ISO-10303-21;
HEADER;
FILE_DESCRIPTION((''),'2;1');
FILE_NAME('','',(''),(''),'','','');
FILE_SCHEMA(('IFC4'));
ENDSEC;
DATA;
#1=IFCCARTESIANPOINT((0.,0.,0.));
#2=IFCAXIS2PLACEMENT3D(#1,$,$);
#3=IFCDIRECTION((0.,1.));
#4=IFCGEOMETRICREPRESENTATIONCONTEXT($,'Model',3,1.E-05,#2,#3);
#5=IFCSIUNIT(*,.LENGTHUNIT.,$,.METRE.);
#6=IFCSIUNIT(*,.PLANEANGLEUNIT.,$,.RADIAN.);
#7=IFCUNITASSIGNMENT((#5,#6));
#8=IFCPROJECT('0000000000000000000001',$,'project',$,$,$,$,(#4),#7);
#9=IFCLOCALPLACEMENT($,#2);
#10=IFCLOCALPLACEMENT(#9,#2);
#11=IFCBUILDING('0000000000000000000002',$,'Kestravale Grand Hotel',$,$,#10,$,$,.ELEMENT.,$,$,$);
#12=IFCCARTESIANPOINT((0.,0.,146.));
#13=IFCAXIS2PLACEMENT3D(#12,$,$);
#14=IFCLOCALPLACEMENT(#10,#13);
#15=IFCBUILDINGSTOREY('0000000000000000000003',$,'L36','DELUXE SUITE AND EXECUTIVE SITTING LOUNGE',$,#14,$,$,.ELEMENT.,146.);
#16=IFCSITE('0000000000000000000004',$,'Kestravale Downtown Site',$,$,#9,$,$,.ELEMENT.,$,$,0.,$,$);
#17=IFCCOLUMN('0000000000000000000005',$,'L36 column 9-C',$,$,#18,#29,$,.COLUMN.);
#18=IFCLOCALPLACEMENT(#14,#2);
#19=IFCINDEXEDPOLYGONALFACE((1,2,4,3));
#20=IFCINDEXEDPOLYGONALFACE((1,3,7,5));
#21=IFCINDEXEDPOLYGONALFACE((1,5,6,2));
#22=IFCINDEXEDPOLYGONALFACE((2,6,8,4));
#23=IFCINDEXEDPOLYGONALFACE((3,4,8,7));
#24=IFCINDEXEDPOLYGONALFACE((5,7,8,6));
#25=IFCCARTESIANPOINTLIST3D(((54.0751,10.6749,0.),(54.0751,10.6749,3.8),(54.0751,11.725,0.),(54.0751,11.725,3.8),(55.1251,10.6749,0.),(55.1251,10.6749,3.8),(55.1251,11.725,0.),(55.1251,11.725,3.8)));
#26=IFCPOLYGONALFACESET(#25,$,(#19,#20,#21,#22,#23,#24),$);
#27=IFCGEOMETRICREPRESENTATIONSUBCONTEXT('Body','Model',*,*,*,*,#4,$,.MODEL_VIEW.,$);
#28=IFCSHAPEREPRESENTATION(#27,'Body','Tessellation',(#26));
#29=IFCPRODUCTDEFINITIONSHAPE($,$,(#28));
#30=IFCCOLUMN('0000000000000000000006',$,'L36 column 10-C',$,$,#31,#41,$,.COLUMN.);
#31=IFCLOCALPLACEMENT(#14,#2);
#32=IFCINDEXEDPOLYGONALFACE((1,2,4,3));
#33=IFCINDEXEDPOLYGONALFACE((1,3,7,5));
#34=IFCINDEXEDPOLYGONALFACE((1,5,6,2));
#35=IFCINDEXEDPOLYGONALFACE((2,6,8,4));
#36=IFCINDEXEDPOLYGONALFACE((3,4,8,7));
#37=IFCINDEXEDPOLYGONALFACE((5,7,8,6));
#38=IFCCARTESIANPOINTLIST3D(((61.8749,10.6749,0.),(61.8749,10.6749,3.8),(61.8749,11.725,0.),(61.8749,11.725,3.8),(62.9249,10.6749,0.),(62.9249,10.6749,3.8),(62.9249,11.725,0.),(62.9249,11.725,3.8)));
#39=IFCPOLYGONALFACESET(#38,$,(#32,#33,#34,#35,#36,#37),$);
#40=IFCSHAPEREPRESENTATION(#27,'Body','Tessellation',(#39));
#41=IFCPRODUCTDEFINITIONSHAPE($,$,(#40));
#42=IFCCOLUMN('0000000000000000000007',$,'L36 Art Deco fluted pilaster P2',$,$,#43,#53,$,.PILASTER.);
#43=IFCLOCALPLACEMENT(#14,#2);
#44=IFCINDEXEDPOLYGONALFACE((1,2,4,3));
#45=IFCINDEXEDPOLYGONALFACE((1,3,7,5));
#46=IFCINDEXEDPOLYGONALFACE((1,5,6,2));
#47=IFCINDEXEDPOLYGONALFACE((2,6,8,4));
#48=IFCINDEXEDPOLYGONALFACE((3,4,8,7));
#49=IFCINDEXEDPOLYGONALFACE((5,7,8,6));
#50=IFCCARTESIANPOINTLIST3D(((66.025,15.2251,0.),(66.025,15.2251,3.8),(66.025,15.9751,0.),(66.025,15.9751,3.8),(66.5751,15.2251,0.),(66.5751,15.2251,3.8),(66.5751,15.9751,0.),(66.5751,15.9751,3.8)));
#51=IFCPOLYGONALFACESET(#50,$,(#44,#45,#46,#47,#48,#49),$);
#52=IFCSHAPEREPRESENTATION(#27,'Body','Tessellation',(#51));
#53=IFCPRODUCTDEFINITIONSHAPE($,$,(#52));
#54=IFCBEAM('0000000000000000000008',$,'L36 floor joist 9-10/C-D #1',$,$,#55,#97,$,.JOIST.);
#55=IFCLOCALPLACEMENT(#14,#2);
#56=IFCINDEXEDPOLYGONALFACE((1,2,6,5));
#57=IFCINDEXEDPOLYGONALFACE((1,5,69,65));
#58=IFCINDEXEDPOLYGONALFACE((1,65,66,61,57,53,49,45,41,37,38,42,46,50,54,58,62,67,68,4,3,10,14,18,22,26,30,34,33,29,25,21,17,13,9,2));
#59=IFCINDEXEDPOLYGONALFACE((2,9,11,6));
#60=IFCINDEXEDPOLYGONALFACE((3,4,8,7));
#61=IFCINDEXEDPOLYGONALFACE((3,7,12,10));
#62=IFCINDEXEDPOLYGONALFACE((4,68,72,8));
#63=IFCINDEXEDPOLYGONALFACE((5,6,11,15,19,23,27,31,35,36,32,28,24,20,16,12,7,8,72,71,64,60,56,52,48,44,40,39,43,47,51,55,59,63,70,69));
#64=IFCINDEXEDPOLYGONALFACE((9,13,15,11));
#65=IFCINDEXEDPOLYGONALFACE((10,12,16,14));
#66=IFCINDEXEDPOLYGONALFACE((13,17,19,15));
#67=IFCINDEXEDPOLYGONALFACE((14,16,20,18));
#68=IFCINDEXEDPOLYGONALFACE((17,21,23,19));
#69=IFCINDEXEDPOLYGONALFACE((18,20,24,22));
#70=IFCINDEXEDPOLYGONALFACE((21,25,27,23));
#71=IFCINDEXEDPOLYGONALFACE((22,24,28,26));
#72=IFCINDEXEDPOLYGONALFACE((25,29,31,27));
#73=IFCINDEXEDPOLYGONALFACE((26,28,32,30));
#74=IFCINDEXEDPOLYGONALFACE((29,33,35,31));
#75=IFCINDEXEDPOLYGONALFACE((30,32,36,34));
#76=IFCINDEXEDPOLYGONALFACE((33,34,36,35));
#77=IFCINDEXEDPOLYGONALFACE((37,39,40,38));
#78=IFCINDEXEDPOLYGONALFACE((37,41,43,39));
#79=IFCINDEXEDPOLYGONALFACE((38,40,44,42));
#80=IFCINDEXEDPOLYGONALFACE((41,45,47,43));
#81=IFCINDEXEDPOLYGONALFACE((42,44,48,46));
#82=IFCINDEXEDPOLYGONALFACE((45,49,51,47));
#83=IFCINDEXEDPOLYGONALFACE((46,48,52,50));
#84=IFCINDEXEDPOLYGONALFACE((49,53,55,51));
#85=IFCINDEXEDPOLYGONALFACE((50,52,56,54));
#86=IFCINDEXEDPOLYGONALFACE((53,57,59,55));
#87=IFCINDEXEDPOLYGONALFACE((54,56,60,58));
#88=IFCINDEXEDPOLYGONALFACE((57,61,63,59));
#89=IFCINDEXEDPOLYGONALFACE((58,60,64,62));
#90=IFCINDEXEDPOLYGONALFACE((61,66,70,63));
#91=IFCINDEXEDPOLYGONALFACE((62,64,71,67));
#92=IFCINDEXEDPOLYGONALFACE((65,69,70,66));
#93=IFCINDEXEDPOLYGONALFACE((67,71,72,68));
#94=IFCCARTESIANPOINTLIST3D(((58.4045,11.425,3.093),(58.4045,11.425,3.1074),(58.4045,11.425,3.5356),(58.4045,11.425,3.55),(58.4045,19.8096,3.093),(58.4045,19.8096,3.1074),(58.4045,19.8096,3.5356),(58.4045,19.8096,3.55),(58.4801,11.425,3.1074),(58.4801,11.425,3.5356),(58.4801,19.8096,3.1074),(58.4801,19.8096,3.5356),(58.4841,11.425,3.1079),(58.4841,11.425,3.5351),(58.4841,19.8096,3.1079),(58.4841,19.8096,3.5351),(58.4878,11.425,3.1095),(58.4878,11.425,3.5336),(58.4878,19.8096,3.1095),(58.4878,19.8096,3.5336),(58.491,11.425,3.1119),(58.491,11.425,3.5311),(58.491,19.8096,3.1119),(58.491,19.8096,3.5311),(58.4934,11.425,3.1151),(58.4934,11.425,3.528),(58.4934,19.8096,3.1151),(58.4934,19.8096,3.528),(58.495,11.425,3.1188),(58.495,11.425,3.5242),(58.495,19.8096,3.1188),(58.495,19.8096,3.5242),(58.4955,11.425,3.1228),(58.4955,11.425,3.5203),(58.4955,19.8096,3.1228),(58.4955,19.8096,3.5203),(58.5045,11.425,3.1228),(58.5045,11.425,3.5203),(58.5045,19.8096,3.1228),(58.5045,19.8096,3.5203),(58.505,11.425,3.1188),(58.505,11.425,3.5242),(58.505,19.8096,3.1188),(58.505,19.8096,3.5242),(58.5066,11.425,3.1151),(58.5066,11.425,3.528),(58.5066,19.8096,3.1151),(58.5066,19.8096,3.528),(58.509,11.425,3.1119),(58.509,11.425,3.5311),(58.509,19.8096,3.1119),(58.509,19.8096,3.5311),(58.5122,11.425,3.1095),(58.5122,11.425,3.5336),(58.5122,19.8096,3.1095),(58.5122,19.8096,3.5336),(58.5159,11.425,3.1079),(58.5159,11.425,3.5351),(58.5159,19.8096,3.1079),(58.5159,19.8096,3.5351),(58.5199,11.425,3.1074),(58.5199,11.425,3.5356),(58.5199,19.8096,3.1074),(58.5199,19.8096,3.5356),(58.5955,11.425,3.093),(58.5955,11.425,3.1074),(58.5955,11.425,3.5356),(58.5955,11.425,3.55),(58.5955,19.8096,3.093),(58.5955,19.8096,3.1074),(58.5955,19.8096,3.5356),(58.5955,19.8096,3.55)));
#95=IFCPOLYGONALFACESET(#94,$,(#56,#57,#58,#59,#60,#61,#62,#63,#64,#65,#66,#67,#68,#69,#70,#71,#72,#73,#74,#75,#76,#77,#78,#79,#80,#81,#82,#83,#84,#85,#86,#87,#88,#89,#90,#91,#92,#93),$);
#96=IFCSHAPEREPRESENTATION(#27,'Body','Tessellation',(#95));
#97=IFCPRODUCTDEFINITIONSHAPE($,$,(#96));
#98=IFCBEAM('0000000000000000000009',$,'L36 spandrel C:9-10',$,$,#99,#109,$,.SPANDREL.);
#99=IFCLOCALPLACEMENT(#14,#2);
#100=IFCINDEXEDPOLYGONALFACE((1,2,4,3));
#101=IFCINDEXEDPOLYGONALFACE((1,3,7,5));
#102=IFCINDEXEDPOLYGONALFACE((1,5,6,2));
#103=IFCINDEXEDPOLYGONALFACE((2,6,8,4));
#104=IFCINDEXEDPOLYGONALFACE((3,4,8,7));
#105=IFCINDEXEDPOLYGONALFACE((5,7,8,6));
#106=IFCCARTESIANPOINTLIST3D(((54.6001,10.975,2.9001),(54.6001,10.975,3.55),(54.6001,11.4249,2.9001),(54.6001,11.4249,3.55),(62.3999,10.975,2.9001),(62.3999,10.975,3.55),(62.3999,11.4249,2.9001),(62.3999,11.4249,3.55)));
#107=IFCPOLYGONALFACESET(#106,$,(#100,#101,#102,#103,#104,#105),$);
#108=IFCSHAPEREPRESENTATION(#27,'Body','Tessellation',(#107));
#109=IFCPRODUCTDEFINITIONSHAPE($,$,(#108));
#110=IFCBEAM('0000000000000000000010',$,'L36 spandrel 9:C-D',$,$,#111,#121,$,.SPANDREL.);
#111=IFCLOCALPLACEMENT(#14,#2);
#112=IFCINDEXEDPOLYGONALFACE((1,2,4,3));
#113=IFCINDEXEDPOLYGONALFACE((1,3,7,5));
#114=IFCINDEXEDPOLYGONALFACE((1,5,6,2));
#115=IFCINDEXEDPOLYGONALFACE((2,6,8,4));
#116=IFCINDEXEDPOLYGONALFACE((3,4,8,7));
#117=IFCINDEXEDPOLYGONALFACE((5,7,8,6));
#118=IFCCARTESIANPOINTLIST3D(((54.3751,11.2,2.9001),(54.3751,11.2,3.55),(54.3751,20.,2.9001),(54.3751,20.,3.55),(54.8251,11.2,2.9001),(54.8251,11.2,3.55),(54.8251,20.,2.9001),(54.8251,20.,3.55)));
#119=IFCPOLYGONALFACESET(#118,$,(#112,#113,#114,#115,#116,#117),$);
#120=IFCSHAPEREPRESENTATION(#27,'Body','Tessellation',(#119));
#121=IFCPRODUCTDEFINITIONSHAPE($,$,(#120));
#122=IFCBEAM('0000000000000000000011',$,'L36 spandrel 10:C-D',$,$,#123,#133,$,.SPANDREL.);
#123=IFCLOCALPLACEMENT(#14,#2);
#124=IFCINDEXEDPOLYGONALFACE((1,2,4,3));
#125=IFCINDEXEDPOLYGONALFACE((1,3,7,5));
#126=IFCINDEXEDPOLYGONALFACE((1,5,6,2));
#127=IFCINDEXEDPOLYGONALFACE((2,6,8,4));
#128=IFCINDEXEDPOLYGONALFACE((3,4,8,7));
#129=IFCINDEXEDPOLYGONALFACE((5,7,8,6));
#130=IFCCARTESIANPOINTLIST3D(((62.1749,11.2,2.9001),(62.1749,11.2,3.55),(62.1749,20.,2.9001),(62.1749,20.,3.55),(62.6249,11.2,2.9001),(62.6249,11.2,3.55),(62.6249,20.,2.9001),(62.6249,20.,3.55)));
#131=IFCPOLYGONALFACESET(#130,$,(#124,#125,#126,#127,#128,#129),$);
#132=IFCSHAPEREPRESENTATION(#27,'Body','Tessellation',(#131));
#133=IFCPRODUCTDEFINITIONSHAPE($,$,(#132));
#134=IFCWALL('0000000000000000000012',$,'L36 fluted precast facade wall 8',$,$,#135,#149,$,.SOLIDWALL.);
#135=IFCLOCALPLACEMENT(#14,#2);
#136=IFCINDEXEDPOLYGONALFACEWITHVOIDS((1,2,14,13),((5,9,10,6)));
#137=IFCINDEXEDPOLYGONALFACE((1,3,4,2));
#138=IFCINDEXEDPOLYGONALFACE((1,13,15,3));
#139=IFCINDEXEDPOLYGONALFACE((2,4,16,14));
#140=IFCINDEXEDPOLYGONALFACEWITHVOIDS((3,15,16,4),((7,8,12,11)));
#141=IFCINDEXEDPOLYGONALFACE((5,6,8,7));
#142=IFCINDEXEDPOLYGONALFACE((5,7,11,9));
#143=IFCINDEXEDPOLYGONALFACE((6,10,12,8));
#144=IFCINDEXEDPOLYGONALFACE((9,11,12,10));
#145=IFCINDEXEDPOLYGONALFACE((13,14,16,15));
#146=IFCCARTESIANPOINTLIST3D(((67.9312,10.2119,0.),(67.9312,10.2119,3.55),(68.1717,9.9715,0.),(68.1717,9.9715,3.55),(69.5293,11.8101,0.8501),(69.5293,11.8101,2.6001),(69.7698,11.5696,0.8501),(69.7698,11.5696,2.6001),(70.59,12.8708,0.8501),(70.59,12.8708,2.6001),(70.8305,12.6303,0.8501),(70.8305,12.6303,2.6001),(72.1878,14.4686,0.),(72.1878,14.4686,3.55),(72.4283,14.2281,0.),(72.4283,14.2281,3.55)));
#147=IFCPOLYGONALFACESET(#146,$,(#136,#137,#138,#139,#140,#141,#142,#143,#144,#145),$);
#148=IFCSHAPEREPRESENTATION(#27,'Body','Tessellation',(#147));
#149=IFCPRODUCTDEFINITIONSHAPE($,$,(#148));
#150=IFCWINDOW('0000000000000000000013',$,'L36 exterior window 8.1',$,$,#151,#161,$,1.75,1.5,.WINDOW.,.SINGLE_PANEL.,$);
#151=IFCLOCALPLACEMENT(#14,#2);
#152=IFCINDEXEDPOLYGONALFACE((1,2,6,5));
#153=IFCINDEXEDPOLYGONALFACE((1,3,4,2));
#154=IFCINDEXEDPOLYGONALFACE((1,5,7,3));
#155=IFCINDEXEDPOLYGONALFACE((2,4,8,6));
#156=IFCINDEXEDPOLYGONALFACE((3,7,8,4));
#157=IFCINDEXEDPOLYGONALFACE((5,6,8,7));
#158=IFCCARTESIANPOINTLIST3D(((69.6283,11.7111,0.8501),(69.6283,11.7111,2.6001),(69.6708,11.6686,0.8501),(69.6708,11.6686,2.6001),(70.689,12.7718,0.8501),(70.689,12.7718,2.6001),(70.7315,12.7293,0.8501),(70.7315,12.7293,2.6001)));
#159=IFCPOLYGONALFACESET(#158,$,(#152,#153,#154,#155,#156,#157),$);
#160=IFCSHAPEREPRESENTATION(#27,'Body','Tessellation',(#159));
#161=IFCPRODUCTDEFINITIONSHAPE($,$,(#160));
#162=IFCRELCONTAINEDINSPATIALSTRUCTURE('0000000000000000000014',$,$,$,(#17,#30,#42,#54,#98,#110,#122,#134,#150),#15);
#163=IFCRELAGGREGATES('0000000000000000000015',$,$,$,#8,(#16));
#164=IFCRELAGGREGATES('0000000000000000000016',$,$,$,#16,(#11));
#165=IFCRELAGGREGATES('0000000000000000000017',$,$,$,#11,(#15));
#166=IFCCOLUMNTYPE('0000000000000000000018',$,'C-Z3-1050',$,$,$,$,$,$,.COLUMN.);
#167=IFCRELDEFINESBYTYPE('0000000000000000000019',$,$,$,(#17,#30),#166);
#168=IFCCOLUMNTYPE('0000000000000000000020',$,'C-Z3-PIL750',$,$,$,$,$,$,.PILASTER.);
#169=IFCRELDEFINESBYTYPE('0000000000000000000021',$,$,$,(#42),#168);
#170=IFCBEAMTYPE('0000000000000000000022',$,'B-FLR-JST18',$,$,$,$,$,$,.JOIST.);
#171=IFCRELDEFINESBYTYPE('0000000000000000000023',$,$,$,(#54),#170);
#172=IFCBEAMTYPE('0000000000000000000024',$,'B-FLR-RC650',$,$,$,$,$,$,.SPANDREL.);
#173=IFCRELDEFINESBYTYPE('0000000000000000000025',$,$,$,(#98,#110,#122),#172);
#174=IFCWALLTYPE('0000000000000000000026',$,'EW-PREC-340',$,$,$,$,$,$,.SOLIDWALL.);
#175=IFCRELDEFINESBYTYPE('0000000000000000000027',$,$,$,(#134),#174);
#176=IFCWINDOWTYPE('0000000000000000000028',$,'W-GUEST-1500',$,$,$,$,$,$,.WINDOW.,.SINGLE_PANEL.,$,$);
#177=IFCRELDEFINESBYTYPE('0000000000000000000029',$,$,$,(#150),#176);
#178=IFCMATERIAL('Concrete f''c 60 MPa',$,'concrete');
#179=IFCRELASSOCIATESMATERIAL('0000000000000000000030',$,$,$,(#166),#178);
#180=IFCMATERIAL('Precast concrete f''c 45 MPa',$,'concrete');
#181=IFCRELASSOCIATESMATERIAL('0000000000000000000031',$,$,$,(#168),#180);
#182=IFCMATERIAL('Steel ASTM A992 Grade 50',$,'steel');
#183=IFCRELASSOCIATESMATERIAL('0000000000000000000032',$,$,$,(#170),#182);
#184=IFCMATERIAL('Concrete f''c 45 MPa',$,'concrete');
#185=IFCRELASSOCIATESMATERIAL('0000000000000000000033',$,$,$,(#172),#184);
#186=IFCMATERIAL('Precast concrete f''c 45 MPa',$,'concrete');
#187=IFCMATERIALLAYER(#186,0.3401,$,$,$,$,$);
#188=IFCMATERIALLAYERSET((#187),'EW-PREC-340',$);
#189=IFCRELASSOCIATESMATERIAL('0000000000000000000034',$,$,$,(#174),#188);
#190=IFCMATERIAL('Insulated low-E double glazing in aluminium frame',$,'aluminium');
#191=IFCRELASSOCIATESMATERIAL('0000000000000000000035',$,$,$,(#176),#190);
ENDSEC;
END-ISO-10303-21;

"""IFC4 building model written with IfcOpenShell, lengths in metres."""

from ifc_helpers import new_model, si_unit, direction, frame, frame_2d, origin, origin_2d, place, context, subcontext, project, spatial, rectangle, i_section, extrude, material, layer, layer_set, material_profile, profile_set, type_object, element, fill, save


model = new_model("IFC4")

# Units and contexts
model_context = context("Model", 3, precision=1e-05, world=origin(), true_north=direction((0.0, 1.0)))
body_context = subcontext(model_context, "Body", "Model", "MODEL_VIEW")
ifc_project = project(units=[si_unit("LENGTHUNIT", "METRE"), si_unit("PLANEANGLEUNIT", "RADIAN")], contexts=[model_context])

# Site, building, storey
site_placement = place(None, origin())
site = spatial("IfcSite", under=ifc_project, at=site_placement, Name="Kestravale Downtown Site", CompositionType="ELEMENT", RefElevation=0.0)
building_placement = place(site_placement, origin())
building = spatial("IfcBuilding", under=site, at=building_placement, Name="Kestravale Grand Hotel", CompositionType="ELEMENT")
storey_placement = place(building_placement, frame((0.0, 0.0, 146.0)))
storey = spatial("IfcBuildingStorey", under=building, at=storey_placement, Name="L36", Description="DELUXE SUITE AND EXECUTIVE SITTING LOUNGE", CompositionType="ELEMENT", Elevation=146.0)

# Columns
ifc_material_1 = material(Name="Concrete f'c 60 MPa", Category="concrete")
ifc_material_profile_1 = material_profile(ifc_material_1, rectangle(XDim=1.05, YDim=1.05, at=origin_2d()))
ifc_profile_set_1 = profile_set([ifc_material_profile_1], Name="Concrete f'c 60 MPa")
column_type_1 = type_object("IfcColumnType", Name="C-Z3-1050", PredefinedType="COLUMN", material=ifc_profile_set_1)
for number, where, z_axis, x_axis, name in (
    (1, (54.6001, 11.2, 0.0), (0.0, 0.0, 1.0), (1.0, 0.0, 0.0), "L36 column 9-C"),
    (2, (62.3999, 11.2, 0.0), (0.0, 0.0, 1.0), (1.0, 0.0, 0.0), "L36 column 10-C"),
):
    element("IfcColumn", number, at=place(storey_placement, frame(where, z_axis=z_axis, x_axis=x_axis)), inside=storey, type_object=column_type_1, Name=name, PredefinedType="COLUMN", context=body_context, shape_type="SweptSolid", body=[
        extrude(rectangle(XDim=1.05, YDim=1.05, at=origin_2d()), origin(), (0.0, 0.0, 1.0), 3.8),
    ])
ifc_material_2 = material(Name="Precast concrete f'c 45 MPa", Category="concrete")
ifc_material_profile_2 = material_profile(ifc_material_2, rectangle(XDim=0.55, YDim=0.75, at=origin_2d()))
ifc_profile_set_2 = profile_set([ifc_material_profile_2], Name="Precast concrete f'c 45 MPa")
column_type_2 = type_object("IfcColumnType", Name="C-Z3-PIL750", PredefinedType="PILASTER", material=ifc_profile_set_2)
column_placement = place(storey_placement, frame((66.3, 15.6001, 0.0), z_axis=(0.0, 0.0, 1.0), x_axis=(1.0, 0.0, 0.0)))
element("IfcColumn", 3, at=column_placement, inside=storey, type_object=column_type_2, Name="L36 Art Deco fluted pilaster P2", PredefinedType="PILASTER", context=body_context, shape_type="SweptSolid", body=[
    extrude(rectangle(XDim=0.55, YDim=0.75, at=origin_2d()), origin(), (0.0, 0.0, 1.0), 3.8),
])

# Beams
ifc_material_3 = material(Name="Steel ASTM A992 Grade 50", Category="steel")
ifc_material_profile_3 = material_profile(ifc_material_3, i_section(OverallWidth=0.1909, OverallDepth=0.457, WebThickness=0.009, FlangeThickness=0.0144, FilletRadius=0.0154, at=origin_2d()))
ifc_profile_set_3 = profile_set([ifc_material_profile_3], Name="Steel ASTM A992 Grade 50")
beam_type_1 = type_object("IfcBeamType", Name="B-FLR-JST18", PredefinedType="JOIST", material=ifc_profile_set_3)
beam_1_placement = place(storey_placement, frame((58.5, 11.425, 3.3215), z_axis=(0.0, 1.0, 0.0), x_axis=(-1.0, 0.0, 0.0)))
element("IfcBeam", 4, at=beam_1_placement, inside=storey, type_object=beam_type_1, Name="L36 floor joist 9-10/C-D #1", PredefinedType="JOIST", context=body_context, shape_type="SweptSolid", body=[
    extrude(i_section(OverallWidth=0.1909, OverallDepth=0.457, WebThickness=0.009, FlangeThickness=0.0144, FilletRadius=0.0154, at=origin_2d()), origin(), (0.0, 0.0, 1.0), 8.3845),
])
ifc_material_4 = material(Name="Concrete f'c 45 MPa", Category="concrete")
ifc_material_profile_4 = material_profile(ifc_material_4, rectangle(XDim=0.45, YDim=0.6499, at=origin_2d()))
ifc_profile_set_4 = profile_set([ifc_material_profile_4], Name="Concrete f'c 45 MPa")
beam_type_2 = type_object("IfcBeamType", Name="B-FLR-RC650", PredefinedType="SPANDREL", material=ifc_profile_set_4)
beam_2_placement = place(storey_placement, frame((54.6001, 11.2, 3.2251), z_axis=(1.0, 0.0, 0.0), x_axis=(0.0, 1.0, 0.0)))
element("IfcBeam", 5, at=beam_2_placement, inside=storey, type_object=beam_type_2, Name="L36 spandrel C:9-10", PredefinedType="SPANDREL", context=body_context, shape_type="SweptSolid", body=[
    extrude(rectangle(XDim=0.45, YDim=0.6499, at=origin_2d()), origin(), (0.0, 0.0, 1.0), 7.7998),
])
for number, where, z_axis, x_axis, name in (
    (6, (54.6001, 11.2, 3.2251), (0.0, 1.0, 0.0), (-1.0, 0.0, 0.0), "L36 spandrel 9:C-D"),
    (7, (62.3999, 11.2, 3.2251), (0.0, 1.0, 0.0), (-1.0, 0.0, 0.0), "L36 spandrel 10:C-D"),
):
    element("IfcBeam", number, at=place(storey_placement, frame(where, z_axis=z_axis, x_axis=x_axis)), inside=storey, type_object=beam_type_2, Name=name, PredefinedType="SPANDREL", context=body_context, shape_type="SweptSolid", body=[
        extrude(rectangle(XDim=0.45, YDim=0.6499, at=origin_2d()), origin(), (0.0, 0.0, 1.0), 8.8),
    ])

# Wall, opening, window
ifc_material_5 = material(Name="Precast concrete f'c 45 MPa", Category="concrete")
ifc_layer_1 = layer(ifc_material_5, 0.3401)
ifc_layer_set_1 = layer_set([ifc_layer_1], Name="EW-PREC-340")
wall_type_1 = type_object("IfcWallType", Name="EW-PREC-340", PredefinedType="SOLIDWALL", material=ifc_layer_set_1)
wall_1_placement = place(storey_placement, frame((68.0515, 10.0918, 0.0), z_axis=(0.0, 0.0, 1.0), x_axis=(0.707107, 0.707107, 0.0)))
wall_1 = element("IfcWall", 8, at=wall_1_placement, inside=storey, type_object=wall_type_1, Name="L36 fluted precast facade wall 8", PredefinedType="SOLIDWALL", context=body_context, shape_type="SweptSolid", body=[
    extrude(rectangle(XDim=6.0198, YDim=0.3401, at=frame_2d((3.0098, 0.0))), origin(), (0.0, 0.0, 1.0), 3.55),
])
opening_1_placement = place(wall_1_placement, frame((2.26, 0.0, 0.8501)))
opening_1 = element("IfcOpeningElement", 9, at=opening_1_placement, cuts=wall_1, PredefinedType="OPENING", context=body_context, shape_type="SweptSolid", body=[
    extrude(rectangle(XDim=1.5, YDim=1.75, at=frame_2d((0.75, 0.875))), frame((0.0, 0.1799, 0.0), z_axis=(0.0, -1.0, 0.0), x_axis=(1.0, 0.0, 0.0)), (0.0, 0.0, 1.0), 0.3601),
])
ifc_material_6 = material(Name="Insulated low-E double glazing in aluminium frame", Category="aluminium")
window_type = type_object("IfcWindowType", Name="W-GUEST-1500", PartitioningType="SINGLE_PANEL", PredefinedType="WINDOW", material=ifc_material_6)
window_1_placement = place(opening_1_placement, origin())
window_1 = element("IfcWindow", 10, at=window_1_placement, inside=storey, type_object=window_type, Name="L36 exterior window 8.1", OverallHeight=1.75, OverallWidth=1.5, PartitioningType="SINGLE_PANEL", PredefinedType="WINDOW", context=body_context, shape_type="SweptSolid", body=[
    extrude(rectangle(XDim=1.5, YDim=1.75, at=frame_2d((0.75, 0.875))), frame((0.0, 0.03, 0.0), z_axis=(0.0, -1.0, 0.0), x_axis=(1.0, 0.0, 0.0)), (0.0, 0.0, 1.0), 0.0601),
])
fill(opening_1, window_1)

save(model, "model.ifc")
